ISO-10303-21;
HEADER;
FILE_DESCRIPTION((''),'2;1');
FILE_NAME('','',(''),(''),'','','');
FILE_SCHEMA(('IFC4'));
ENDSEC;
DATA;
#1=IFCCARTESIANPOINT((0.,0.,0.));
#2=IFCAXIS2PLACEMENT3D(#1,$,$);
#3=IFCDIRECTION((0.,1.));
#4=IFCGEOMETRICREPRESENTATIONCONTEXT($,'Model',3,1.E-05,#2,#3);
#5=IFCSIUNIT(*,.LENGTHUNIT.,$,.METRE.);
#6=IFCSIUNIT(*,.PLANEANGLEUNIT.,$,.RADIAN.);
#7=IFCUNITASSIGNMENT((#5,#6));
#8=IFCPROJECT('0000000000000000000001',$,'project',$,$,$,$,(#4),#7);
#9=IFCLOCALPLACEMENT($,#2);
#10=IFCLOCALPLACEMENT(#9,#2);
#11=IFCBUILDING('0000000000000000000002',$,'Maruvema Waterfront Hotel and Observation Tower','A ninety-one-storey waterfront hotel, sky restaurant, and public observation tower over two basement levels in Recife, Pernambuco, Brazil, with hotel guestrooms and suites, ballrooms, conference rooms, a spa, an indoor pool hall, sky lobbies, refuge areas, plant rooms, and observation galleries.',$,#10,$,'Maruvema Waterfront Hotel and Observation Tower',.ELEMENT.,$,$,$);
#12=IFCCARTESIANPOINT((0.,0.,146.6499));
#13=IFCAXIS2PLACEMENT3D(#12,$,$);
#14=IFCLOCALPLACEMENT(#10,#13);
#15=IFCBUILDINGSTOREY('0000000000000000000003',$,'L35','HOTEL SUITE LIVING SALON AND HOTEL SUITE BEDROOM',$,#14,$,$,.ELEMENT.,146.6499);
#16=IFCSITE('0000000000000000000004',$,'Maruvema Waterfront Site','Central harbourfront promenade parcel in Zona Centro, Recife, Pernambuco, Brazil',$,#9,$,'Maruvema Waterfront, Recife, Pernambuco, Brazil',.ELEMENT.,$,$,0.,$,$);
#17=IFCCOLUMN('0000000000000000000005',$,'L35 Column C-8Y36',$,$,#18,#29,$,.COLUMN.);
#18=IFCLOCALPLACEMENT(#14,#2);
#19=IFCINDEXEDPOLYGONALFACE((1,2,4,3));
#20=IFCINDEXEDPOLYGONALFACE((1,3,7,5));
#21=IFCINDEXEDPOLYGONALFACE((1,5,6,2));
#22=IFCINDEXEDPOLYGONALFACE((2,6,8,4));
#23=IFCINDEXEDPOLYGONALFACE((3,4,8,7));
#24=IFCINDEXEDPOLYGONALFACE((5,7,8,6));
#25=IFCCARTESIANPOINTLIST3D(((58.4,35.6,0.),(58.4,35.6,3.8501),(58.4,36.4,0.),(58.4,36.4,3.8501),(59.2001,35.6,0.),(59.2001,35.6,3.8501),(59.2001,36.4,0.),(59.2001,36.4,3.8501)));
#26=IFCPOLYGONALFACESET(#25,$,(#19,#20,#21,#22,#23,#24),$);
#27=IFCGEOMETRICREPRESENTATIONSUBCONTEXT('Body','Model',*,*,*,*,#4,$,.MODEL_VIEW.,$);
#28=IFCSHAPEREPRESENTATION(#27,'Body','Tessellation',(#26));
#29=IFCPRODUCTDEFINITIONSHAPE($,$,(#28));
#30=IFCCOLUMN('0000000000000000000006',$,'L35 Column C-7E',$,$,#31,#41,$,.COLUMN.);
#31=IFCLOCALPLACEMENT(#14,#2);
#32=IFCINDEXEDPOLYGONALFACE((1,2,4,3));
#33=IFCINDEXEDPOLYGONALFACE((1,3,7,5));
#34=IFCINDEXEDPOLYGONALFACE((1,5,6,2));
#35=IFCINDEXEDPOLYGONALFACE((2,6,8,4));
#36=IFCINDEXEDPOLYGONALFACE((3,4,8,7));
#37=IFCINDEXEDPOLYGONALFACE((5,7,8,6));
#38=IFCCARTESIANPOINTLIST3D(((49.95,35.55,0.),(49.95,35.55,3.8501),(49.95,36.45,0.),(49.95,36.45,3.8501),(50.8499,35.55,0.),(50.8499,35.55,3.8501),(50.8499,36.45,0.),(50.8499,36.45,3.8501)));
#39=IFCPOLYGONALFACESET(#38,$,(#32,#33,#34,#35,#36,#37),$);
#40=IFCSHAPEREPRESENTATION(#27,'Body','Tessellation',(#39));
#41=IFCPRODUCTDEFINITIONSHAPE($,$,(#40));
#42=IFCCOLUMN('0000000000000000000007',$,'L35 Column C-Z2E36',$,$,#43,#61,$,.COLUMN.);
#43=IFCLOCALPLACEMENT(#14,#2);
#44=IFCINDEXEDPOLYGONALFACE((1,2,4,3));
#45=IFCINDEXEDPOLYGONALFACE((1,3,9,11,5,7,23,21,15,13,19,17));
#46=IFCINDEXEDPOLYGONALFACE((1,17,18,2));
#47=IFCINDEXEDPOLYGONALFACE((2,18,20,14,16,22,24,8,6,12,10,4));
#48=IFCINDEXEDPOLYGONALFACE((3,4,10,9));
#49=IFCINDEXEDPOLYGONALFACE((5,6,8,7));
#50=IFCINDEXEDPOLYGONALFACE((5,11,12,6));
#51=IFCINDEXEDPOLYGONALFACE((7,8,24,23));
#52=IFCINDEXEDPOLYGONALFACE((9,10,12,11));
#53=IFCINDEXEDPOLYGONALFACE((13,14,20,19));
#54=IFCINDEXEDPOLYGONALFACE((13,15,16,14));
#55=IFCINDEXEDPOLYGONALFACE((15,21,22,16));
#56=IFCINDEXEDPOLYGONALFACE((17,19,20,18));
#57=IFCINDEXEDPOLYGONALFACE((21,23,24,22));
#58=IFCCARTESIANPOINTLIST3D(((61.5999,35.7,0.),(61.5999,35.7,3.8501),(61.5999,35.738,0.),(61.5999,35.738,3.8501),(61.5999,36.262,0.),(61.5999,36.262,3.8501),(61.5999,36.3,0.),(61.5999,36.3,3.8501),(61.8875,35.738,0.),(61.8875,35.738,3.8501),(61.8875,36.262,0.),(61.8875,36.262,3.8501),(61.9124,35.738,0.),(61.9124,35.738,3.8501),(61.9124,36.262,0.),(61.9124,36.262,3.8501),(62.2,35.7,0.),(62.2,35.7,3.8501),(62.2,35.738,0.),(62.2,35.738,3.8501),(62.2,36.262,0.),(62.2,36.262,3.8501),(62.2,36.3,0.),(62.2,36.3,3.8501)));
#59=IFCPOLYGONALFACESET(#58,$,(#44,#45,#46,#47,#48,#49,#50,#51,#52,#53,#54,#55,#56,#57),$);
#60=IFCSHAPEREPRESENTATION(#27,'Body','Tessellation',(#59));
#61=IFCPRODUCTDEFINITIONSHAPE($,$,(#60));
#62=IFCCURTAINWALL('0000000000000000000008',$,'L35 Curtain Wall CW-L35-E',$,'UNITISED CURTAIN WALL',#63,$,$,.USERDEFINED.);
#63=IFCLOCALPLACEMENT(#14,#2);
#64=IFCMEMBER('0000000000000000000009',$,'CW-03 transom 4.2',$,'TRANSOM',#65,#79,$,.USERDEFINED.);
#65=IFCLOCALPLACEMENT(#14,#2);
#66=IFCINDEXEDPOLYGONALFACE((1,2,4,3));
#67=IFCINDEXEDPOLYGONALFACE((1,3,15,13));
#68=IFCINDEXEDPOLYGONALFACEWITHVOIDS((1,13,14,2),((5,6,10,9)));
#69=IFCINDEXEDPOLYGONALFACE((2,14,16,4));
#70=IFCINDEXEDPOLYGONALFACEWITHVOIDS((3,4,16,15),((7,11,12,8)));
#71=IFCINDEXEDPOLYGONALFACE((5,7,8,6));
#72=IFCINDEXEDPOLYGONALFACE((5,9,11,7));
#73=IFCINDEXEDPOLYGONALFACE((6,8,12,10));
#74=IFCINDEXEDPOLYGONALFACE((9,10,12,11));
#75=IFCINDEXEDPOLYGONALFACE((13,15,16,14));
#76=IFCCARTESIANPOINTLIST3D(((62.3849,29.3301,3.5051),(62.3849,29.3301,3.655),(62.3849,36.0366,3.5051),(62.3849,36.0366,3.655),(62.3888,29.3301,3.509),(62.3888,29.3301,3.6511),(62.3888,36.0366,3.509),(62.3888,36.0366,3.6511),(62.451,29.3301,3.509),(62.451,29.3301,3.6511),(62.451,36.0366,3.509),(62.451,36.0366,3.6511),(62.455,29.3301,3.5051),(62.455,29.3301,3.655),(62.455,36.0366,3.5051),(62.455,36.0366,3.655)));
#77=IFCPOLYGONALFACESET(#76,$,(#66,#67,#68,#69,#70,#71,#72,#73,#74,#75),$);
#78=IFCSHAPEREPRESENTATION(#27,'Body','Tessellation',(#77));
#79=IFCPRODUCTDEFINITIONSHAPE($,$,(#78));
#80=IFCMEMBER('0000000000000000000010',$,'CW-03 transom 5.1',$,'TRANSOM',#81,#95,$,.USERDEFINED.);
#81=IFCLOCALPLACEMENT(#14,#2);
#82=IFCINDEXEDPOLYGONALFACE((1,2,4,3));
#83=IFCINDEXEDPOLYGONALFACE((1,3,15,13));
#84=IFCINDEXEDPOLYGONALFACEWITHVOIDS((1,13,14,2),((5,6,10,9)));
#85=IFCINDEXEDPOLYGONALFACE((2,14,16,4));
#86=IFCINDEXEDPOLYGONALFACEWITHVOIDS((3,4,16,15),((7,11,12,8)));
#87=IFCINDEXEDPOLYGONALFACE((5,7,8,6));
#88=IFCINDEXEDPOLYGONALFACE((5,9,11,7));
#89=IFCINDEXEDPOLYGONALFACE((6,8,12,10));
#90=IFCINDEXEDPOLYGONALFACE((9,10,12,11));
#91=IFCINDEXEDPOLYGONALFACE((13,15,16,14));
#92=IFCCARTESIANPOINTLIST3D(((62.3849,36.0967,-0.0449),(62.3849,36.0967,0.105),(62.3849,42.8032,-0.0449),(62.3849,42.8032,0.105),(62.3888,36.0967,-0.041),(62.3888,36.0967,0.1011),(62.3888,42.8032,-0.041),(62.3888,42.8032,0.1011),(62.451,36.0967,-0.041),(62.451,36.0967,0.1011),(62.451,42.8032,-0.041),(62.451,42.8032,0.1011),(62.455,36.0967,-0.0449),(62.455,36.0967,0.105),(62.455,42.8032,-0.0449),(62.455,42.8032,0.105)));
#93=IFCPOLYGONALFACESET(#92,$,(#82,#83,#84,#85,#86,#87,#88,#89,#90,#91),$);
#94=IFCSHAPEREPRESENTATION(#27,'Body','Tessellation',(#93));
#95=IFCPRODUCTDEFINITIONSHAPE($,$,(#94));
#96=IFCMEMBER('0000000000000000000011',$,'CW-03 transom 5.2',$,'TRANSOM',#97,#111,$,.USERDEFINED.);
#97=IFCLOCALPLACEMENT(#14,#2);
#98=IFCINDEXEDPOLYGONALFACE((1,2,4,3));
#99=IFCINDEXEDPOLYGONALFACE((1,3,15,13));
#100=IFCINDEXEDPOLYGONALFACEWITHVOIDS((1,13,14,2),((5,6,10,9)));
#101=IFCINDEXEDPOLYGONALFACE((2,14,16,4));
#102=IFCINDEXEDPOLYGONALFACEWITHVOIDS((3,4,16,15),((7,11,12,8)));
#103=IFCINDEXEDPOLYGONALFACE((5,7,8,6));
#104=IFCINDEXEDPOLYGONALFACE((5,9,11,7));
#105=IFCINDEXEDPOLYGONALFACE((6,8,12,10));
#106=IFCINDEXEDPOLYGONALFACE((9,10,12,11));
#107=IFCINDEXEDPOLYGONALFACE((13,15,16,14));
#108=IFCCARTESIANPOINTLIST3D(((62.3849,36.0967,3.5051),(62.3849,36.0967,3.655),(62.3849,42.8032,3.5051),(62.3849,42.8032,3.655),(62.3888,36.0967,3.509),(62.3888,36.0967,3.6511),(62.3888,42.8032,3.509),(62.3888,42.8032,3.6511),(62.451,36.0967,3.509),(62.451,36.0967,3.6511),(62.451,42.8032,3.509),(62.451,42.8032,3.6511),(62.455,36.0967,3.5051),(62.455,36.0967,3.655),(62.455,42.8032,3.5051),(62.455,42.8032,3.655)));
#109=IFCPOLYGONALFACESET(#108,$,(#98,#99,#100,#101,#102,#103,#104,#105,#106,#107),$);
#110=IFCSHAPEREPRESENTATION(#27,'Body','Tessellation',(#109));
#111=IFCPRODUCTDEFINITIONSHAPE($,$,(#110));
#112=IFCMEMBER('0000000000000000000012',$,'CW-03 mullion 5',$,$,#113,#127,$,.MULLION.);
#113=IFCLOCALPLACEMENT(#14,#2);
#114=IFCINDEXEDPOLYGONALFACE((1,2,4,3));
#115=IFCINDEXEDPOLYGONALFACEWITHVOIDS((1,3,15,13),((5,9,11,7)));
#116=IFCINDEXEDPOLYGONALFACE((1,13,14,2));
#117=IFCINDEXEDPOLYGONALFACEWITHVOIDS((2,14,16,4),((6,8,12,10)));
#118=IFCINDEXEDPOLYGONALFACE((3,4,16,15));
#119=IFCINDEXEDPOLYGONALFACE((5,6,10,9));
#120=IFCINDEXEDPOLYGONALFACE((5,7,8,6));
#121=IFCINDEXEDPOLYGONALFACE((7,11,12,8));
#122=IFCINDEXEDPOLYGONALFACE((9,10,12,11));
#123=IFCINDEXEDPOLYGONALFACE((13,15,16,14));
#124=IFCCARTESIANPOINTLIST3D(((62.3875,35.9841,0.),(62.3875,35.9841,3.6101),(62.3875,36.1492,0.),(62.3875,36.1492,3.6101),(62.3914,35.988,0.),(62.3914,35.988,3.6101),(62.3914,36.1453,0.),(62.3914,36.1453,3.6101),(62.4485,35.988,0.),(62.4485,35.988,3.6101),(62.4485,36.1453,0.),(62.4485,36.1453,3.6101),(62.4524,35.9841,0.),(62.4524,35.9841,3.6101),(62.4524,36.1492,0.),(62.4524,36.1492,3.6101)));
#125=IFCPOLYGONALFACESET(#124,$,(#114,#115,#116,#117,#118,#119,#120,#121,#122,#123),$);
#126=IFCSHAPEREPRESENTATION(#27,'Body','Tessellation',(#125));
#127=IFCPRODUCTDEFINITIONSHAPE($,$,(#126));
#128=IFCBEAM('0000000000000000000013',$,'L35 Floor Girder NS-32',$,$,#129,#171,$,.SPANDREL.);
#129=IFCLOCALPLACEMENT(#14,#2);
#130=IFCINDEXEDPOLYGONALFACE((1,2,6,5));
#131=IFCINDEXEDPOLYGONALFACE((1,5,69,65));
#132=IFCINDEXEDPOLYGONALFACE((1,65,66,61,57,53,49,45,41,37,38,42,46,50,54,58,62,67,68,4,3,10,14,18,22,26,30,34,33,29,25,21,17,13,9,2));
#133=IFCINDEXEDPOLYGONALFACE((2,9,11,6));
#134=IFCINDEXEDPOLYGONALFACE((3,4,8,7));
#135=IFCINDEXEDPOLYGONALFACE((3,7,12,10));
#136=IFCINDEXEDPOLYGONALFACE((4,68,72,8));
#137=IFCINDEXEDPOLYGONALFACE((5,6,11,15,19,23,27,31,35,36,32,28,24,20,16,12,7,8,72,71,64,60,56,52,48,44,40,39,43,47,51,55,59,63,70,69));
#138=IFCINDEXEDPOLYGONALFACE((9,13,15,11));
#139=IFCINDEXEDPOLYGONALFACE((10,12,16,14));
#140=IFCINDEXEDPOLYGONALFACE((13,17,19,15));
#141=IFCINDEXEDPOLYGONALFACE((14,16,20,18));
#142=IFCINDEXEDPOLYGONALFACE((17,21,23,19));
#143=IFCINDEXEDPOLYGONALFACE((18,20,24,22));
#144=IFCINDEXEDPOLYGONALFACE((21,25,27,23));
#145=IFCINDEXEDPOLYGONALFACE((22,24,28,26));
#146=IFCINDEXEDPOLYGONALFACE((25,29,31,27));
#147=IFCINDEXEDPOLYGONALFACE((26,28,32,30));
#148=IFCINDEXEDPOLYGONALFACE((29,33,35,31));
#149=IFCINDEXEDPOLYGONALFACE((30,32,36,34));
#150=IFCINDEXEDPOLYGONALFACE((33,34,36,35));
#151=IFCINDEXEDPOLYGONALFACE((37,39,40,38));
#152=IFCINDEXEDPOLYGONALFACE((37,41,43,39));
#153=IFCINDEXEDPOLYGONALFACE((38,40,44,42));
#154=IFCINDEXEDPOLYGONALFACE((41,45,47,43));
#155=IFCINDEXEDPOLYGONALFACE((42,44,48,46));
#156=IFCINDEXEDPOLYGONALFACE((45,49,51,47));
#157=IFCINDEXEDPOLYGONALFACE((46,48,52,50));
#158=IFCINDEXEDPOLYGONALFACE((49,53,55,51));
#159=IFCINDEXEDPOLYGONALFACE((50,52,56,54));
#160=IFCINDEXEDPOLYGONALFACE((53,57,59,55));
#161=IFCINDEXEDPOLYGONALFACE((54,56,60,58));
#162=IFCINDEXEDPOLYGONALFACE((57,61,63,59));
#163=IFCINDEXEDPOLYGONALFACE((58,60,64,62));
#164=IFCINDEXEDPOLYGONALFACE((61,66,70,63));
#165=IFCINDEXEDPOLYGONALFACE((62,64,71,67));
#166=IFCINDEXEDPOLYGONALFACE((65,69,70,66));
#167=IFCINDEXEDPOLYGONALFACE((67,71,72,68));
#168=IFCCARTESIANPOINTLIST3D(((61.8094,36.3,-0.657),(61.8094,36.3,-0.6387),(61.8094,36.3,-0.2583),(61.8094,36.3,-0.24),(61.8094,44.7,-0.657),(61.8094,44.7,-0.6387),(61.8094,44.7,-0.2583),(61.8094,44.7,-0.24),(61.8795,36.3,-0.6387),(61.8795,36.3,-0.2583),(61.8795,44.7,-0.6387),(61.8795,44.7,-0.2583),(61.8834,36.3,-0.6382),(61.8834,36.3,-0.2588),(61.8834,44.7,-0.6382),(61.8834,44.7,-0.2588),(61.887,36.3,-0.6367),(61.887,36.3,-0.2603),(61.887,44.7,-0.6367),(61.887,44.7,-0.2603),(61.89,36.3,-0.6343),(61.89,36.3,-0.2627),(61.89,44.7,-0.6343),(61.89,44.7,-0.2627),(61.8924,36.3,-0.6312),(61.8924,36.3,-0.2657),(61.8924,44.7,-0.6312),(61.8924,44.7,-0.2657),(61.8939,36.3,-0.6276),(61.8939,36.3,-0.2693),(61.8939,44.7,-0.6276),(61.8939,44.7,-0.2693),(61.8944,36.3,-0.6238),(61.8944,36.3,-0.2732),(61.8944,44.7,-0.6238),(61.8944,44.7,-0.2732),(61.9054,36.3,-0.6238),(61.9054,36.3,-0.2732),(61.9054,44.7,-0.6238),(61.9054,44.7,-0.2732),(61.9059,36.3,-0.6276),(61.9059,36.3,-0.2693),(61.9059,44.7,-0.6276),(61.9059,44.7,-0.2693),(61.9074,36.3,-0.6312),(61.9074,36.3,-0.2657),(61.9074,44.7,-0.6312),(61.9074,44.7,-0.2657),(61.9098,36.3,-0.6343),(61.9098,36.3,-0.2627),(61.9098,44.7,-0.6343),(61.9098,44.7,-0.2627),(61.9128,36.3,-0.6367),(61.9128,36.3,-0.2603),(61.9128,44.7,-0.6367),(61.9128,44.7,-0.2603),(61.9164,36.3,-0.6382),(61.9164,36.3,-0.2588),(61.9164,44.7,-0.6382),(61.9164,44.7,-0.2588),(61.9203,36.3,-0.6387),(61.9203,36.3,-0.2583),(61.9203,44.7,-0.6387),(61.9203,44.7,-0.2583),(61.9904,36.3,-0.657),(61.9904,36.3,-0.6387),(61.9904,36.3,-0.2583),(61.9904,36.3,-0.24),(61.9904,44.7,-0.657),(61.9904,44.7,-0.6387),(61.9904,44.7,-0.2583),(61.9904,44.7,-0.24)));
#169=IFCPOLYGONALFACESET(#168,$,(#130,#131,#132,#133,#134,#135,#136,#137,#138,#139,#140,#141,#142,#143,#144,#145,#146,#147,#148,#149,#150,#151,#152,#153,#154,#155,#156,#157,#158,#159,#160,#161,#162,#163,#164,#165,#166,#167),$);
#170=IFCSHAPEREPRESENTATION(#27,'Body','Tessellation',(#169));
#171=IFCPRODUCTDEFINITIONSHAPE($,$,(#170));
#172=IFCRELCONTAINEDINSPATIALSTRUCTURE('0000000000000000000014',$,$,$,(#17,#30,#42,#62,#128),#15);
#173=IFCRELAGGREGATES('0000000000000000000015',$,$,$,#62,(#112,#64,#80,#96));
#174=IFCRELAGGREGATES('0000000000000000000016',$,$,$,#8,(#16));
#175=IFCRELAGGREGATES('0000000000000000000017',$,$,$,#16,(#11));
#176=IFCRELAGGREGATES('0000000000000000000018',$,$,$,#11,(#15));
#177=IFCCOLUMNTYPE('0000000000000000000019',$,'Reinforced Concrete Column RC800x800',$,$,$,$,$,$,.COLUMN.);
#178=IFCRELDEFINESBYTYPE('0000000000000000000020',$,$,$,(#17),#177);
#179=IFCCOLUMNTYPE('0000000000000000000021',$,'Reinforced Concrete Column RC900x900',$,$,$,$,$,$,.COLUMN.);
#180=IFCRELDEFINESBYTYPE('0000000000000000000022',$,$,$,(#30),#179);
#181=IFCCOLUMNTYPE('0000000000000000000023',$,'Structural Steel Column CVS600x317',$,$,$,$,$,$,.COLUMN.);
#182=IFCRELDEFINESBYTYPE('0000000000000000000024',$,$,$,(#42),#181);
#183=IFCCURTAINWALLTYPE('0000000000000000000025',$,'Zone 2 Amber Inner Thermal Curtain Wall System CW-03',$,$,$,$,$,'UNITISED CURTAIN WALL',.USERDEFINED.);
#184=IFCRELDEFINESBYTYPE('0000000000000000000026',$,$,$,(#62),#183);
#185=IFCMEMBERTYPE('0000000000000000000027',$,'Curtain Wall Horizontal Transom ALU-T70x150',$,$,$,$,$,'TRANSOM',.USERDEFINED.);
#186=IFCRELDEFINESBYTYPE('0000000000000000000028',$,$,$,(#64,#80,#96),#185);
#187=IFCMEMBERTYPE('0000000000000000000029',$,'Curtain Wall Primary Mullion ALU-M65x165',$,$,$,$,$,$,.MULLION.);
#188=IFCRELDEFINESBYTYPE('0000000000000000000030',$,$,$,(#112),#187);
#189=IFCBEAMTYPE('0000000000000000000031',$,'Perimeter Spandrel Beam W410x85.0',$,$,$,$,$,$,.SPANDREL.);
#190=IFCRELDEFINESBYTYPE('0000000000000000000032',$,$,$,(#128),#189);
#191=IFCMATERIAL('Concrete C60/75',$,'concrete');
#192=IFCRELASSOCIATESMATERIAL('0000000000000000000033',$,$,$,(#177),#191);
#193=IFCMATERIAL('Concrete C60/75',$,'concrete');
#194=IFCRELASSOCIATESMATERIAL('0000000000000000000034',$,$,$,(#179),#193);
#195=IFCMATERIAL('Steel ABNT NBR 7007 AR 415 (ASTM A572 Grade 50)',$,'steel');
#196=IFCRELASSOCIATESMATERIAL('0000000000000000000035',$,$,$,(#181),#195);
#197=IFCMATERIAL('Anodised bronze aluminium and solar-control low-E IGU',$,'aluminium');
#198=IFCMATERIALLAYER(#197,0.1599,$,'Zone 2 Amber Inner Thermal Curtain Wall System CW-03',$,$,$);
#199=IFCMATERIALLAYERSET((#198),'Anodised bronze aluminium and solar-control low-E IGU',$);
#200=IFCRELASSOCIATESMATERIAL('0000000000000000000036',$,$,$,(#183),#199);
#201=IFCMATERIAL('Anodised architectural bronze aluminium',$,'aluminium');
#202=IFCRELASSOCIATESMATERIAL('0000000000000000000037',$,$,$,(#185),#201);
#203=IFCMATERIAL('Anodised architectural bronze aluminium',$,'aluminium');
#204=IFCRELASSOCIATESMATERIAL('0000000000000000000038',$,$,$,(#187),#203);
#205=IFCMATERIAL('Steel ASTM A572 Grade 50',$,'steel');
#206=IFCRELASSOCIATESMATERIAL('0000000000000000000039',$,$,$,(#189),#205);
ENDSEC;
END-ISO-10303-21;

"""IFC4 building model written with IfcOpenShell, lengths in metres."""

from ifc_helpers import new_model, si_unit, direction, frame, origin, origin_2d, place, context, subcontext, project, spatial, rectangle, hollow_rectangle, i_section, extrude, material, layer, layer_set, material_profile, profile_set, type_object, element, aggregate, save


model = new_model("IFC4")

# Units and contexts
model_context = context("Model", 3, precision=1e-05, world=origin(), true_north=direction((0.0, 1.0)))
body_context = subcontext(model_context, "Body", "Model", "MODEL_VIEW")
ifc_project = project(units=[si_unit("LENGTHUNIT", "METRE"), si_unit("PLANEANGLEUNIT", "RADIAN")], contexts=[model_context])

# Site, building, storey
site_placement = place(None, origin())
site = spatial("IfcSite", under=ifc_project, at=site_placement, Name="Maruvema Waterfront Site", Description="Central harbourfront promenade parcel in Zona Centro, Recife, Pernambuco, Brazil", LongName="Maruvema Waterfront, Recife, Pernambuco, Brazil", CompositionType="ELEMENT", RefElevation=0.0)
building_placement = place(site_placement, origin())
building = spatial("IfcBuilding", under=site, at=building_placement, Name="Maruvema Waterfront Hotel and Observation Tower", Description="A ninety-one-storey waterfront hotel, sky restaurant, and public observation tower over two basement levels in Recife, Pernambuco, Brazil, with hotel guestrooms and suites, ballrooms, conference rooms, a spa, an indoor pool hall, sky lobbies, refuge areas, plant rooms, and observation galleries.", LongName="Maruvema Waterfront Hotel and Observation Tower", CompositionType="ELEMENT")
storey_placement = place(building_placement, frame((0.0, 0.0, 146.6499)))
storey = spatial("IfcBuildingStorey", under=building, at=storey_placement, Name="L35", Description="HOTEL SUITE LIVING SALON AND HOTEL SUITE BEDROOM", CompositionType="ELEMENT", Elevation=146.6499)

# Columns
ifc_material_1 = material(Name="Concrete C60/75", Category="concrete")
ifc_material_profile_1 = material_profile(ifc_material_1, rectangle(XDim=0.8, YDim=0.8, at=origin_2d()), Name="RC800x800")
ifc_profile_set_1 = profile_set([ifc_material_profile_1], Name="Concrete C60/75")
column_type_1 = type_object("IfcColumnType", Name="Reinforced Concrete Column RC800x800", PredefinedType="COLUMN", material=ifc_profile_set_1)
column_1_placement = place(storey_placement, frame((58.8, 36.0, 0.0), z_axis=(0.0, 0.0, 1.0), x_axis=(1.0, 0.0, 0.0)))
element("IfcColumn", 1, at=column_1_placement, inside=storey, type_object=column_type_1, Name="L35 Column C-8Y36", PredefinedType="COLUMN", context=body_context, shape_type="SweptSolid", body=[
    extrude(rectangle(XDim=0.8, YDim=0.8, at=origin_2d()), origin(), (0.0, 0.0, 1.0), 3.8501),
])
ifc_material_2 = material(Name="Concrete C60/75", Category="concrete")
ifc_material_profile_2 = material_profile(ifc_material_2, rectangle(XDim=0.8999, YDim=0.8999, at=origin_2d()), Name="RC900x900")
ifc_profile_set_2 = profile_set([ifc_material_profile_2], Name="Concrete C60/75")
column_type_2 = type_object("IfcColumnType", Name="Reinforced Concrete Column RC900x900", PredefinedType="COLUMN", material=ifc_profile_set_2)
column_2_placement = place(storey_placement, frame((50.3999, 36.0, 0.0), z_axis=(0.0, 0.0, 1.0), x_axis=(1.0, 0.0, 0.0)))
element("IfcColumn", 2, at=column_2_placement, inside=storey, type_object=column_type_2, Name="L35 Column C-7E", PredefinedType="COLUMN", context=body_context, shape_type="SweptSolid", body=[
    extrude(rectangle(XDim=0.8999, YDim=0.8999, at=origin_2d()), origin(), (0.0, 0.0, 1.0), 3.8501),
])
ifc_material_3 = material(Name="Steel ABNT NBR 7007 AR 415 (ASTM A572 Grade 50)", Category="steel")
ifc_material_profile_3 = material_profile(ifc_material_3, i_section(OverallWidth=0.6001, OverallDepth=0.6001, WebThickness=0.0249, FlangeThickness=0.0381, at=origin_2d()), Name="CVS600x317")
ifc_profile_set_3 = profile_set([ifc_material_profile_3], Name="Steel ABNT NBR 7007 AR 415 (ASTM A572 Grade 50)")
column_type_3 = type_object("IfcColumnType", Name="Structural Steel Column CVS600x317", PredefinedType="COLUMN", material=ifc_profile_set_3)
column_3_placement = place(storey_placement, frame((61.8999, 36.0, 0.0), z_axis=(0.0, 0.0, 1.0), x_axis=(1.0, 0.0, 0.0)))
element("IfcColumn", 3, at=column_3_placement, inside=storey, type_object=column_type_3, Name="L35 Column C-Z2E36", PredefinedType="COLUMN", context=body_context, shape_type="SweptSolid", body=[
    extrude(i_section(OverallWidth=0.6001, OverallDepth=0.6001, WebThickness=0.0249, FlangeThickness=0.0381, at=origin_2d()), origin(), (0.0, 0.0, 1.0), 3.8501),
])

# Curtain wall, members
ifc_material_4 = material(Name="Anodised bronze aluminium and solar-control low-E IGU", Category="aluminium")
ifc_layer_1 = layer(ifc_material_4, 0.1599, Name="Zone 2 Amber Inner Thermal Curtain Wall System CW-03")
ifc_layer_set_1 = layer_set([ifc_layer_1], Name="Anodised bronze aluminium and solar-control low-E IGU")
curtain_wall_type = type_object("IfcCurtainWallType", Name="Zone 2 Amber Inner Thermal Curtain Wall System CW-03", ElementType="UNITISED CURTAIN WALL", PredefinedType="USERDEFINED", material=ifc_layer_set_1)
curtain_wall_placement = place(storey_placement, origin())
curtain_wall = element("IfcCurtainWall", 4, at=curtain_wall_placement, inside=storey, type_object=curtain_wall_type, Name="L35 Curtain Wall CW-L35-E", ObjectType="UNITISED CURTAIN WALL", PredefinedType="USERDEFINED")
ifc_material_5 = material(Name="Anodised architectural bronze aluminium", Category="aluminium")
ifc_material_profile_4 = material_profile(ifc_material_5, hollow_rectangle(XDim=0.0701, YDim=0.1499, WallThickness=0.0039, at=origin_2d()), Name="ALU-T70x150")
ifc_profile_set_4 = profile_set([ifc_material_profile_4], Name="Anodised architectural bronze aluminium")
member_type_1 = type_object("IfcMemberType", Name="Curtain Wall Horizontal Transom ALU-T70x150", ElementType="TRANSOM", PredefinedType="USERDEFINED", material=ifc_profile_set_4)
member_1_placement = place(storey_placement, frame((62.4199, 29.3301, 3.5801), z_axis=(0.0, 1.0, 0.0), x_axis=(-1.0, 0.0, 0.0)))
member_1 = element("IfcMember", 5, at=member_1_placement, type_object=member_type_1, Name="CW-03 transom 4.2", ObjectType="TRANSOM", PredefinedType="USERDEFINED", context=body_context, shape_type="SweptSolid", body=[
    extrude(hollow_rectangle(XDim=0.0701, YDim=0.1499, WallThickness=0.0039, at=origin_2d()), origin(), (0.0, 0.0, 1.0), 6.7065),
])
member_2_placement = place(storey_placement, frame((62.4199, 36.0967, 0.03), z_axis=(0.0, 1.0, 0.0), x_axis=(-1.0, 0.0, 0.0)))
member_2 = element("IfcMember", 6, at=member_2_placement, type_object=member_type_1, Name="CW-03 transom 5.1", ObjectType="TRANSOM", PredefinedType="USERDEFINED", context=body_context, shape_type="SweptSolid", body=[
    extrude(hollow_rectangle(XDim=0.0701, YDim=0.1499, WallThickness=0.0039, at=origin_2d()), origin(), (0.0, 0.0, 1.0), 6.7065),
])
member_3_placement = place(storey_placement, frame((62.4199, 36.0967, 3.5801), z_axis=(0.0, 1.0, 0.0), x_axis=(-1.0, 0.0, 0.0)))
member_3 = element("IfcMember", 7, at=member_3_placement, type_object=member_type_1, Name="CW-03 transom 5.2", ObjectType="TRANSOM", PredefinedType="USERDEFINED", context=body_context, shape_type="SweptSolid", body=[
    extrude(hollow_rectangle(XDim=0.0701, YDim=0.1499, WallThickness=0.0039, at=origin_2d()), origin(), (0.0, 0.0, 1.0), 6.7065),
])
ifc_material_6 = material(Name="Anodised architectural bronze aluminium", Category="aluminium")
ifc_material_profile_5 = material_profile(ifc_material_6, hollow_rectangle(XDim=0.0649, YDim=0.165, WallThickness=0.0039, at=origin_2d()), Name="ALU-M65x165")
ifc_profile_set_5 = profile_set([ifc_material_profile_5], Name="Anodised architectural bronze aluminium")
member_type_2 = type_object("IfcMemberType", Name="Curtain Wall Primary Mullion ALU-M65x165", PredefinedType="MULLION", material=ifc_profile_set_5)
member_4_placement = place(storey_placement, frame((62.4199, 36.0667, 0.0), z_axis=(0.0, 0.0, 1.0), x_axis=(-1.0, 0.0, 0.0)))
member_4 = element("IfcMember", 8, at=member_4_placement, type_object=member_type_2, Name="CW-03 mullion 5", PredefinedType="MULLION", context=body_context, shape_type="SweptSolid", body=[
    extrude(hollow_rectangle(XDim=0.0649, YDim=0.165, WallThickness=0.0039, at=origin_2d()), origin(), (0.0, 0.0, 1.0), 3.6101),
])

# Beam
ifc_material_7 = material(Name="Steel ASTM A572 Grade 50", Category="steel")
ifc_material_profile_6 = material_profile(ifc_material_7, i_section(OverallWidth=0.1809, OverallDepth=0.417, WebThickness=0.011, FlangeThickness=0.0183, FilletRadius=0.0149, at=origin_2d()), Name="W410x85.0")
ifc_profile_set_6 = profile_set([ifc_material_profile_6], Name="Steel ASTM A572 Grade 50")
beam_type_1 = type_object("IfcBeamType", Name="Perimeter Spandrel Beam W410x85.0", PredefinedType="SPANDREL", material=ifc_profile_set_6)
beam_1_placement = place(storey_placement, frame((61.8999, 36.3, -0.4485), z_axis=(0.0, 1.0, 0.0), x_axis=(-1.0, 0.0, 0.0)))
element("IfcBeam", 9, at=beam_1_placement, inside=storey, type_object=beam_type_1, Name="L35 Floor Girder NS-32", PredefinedType="SPANDREL", context=body_context, shape_type="SweptSolid", body=[
    extrude(i_section(OverallWidth=0.1809, OverallDepth=0.417, WebThickness=0.011, FlangeThickness=0.0183, FilletRadius=0.0149, at=origin_2d()), origin(), (0.0, 0.0, 1.0), 8.3999),
])

aggregate(curtain_wall, [member_4, member_1, member_2, member_3])

save(model, "model.ifc")
